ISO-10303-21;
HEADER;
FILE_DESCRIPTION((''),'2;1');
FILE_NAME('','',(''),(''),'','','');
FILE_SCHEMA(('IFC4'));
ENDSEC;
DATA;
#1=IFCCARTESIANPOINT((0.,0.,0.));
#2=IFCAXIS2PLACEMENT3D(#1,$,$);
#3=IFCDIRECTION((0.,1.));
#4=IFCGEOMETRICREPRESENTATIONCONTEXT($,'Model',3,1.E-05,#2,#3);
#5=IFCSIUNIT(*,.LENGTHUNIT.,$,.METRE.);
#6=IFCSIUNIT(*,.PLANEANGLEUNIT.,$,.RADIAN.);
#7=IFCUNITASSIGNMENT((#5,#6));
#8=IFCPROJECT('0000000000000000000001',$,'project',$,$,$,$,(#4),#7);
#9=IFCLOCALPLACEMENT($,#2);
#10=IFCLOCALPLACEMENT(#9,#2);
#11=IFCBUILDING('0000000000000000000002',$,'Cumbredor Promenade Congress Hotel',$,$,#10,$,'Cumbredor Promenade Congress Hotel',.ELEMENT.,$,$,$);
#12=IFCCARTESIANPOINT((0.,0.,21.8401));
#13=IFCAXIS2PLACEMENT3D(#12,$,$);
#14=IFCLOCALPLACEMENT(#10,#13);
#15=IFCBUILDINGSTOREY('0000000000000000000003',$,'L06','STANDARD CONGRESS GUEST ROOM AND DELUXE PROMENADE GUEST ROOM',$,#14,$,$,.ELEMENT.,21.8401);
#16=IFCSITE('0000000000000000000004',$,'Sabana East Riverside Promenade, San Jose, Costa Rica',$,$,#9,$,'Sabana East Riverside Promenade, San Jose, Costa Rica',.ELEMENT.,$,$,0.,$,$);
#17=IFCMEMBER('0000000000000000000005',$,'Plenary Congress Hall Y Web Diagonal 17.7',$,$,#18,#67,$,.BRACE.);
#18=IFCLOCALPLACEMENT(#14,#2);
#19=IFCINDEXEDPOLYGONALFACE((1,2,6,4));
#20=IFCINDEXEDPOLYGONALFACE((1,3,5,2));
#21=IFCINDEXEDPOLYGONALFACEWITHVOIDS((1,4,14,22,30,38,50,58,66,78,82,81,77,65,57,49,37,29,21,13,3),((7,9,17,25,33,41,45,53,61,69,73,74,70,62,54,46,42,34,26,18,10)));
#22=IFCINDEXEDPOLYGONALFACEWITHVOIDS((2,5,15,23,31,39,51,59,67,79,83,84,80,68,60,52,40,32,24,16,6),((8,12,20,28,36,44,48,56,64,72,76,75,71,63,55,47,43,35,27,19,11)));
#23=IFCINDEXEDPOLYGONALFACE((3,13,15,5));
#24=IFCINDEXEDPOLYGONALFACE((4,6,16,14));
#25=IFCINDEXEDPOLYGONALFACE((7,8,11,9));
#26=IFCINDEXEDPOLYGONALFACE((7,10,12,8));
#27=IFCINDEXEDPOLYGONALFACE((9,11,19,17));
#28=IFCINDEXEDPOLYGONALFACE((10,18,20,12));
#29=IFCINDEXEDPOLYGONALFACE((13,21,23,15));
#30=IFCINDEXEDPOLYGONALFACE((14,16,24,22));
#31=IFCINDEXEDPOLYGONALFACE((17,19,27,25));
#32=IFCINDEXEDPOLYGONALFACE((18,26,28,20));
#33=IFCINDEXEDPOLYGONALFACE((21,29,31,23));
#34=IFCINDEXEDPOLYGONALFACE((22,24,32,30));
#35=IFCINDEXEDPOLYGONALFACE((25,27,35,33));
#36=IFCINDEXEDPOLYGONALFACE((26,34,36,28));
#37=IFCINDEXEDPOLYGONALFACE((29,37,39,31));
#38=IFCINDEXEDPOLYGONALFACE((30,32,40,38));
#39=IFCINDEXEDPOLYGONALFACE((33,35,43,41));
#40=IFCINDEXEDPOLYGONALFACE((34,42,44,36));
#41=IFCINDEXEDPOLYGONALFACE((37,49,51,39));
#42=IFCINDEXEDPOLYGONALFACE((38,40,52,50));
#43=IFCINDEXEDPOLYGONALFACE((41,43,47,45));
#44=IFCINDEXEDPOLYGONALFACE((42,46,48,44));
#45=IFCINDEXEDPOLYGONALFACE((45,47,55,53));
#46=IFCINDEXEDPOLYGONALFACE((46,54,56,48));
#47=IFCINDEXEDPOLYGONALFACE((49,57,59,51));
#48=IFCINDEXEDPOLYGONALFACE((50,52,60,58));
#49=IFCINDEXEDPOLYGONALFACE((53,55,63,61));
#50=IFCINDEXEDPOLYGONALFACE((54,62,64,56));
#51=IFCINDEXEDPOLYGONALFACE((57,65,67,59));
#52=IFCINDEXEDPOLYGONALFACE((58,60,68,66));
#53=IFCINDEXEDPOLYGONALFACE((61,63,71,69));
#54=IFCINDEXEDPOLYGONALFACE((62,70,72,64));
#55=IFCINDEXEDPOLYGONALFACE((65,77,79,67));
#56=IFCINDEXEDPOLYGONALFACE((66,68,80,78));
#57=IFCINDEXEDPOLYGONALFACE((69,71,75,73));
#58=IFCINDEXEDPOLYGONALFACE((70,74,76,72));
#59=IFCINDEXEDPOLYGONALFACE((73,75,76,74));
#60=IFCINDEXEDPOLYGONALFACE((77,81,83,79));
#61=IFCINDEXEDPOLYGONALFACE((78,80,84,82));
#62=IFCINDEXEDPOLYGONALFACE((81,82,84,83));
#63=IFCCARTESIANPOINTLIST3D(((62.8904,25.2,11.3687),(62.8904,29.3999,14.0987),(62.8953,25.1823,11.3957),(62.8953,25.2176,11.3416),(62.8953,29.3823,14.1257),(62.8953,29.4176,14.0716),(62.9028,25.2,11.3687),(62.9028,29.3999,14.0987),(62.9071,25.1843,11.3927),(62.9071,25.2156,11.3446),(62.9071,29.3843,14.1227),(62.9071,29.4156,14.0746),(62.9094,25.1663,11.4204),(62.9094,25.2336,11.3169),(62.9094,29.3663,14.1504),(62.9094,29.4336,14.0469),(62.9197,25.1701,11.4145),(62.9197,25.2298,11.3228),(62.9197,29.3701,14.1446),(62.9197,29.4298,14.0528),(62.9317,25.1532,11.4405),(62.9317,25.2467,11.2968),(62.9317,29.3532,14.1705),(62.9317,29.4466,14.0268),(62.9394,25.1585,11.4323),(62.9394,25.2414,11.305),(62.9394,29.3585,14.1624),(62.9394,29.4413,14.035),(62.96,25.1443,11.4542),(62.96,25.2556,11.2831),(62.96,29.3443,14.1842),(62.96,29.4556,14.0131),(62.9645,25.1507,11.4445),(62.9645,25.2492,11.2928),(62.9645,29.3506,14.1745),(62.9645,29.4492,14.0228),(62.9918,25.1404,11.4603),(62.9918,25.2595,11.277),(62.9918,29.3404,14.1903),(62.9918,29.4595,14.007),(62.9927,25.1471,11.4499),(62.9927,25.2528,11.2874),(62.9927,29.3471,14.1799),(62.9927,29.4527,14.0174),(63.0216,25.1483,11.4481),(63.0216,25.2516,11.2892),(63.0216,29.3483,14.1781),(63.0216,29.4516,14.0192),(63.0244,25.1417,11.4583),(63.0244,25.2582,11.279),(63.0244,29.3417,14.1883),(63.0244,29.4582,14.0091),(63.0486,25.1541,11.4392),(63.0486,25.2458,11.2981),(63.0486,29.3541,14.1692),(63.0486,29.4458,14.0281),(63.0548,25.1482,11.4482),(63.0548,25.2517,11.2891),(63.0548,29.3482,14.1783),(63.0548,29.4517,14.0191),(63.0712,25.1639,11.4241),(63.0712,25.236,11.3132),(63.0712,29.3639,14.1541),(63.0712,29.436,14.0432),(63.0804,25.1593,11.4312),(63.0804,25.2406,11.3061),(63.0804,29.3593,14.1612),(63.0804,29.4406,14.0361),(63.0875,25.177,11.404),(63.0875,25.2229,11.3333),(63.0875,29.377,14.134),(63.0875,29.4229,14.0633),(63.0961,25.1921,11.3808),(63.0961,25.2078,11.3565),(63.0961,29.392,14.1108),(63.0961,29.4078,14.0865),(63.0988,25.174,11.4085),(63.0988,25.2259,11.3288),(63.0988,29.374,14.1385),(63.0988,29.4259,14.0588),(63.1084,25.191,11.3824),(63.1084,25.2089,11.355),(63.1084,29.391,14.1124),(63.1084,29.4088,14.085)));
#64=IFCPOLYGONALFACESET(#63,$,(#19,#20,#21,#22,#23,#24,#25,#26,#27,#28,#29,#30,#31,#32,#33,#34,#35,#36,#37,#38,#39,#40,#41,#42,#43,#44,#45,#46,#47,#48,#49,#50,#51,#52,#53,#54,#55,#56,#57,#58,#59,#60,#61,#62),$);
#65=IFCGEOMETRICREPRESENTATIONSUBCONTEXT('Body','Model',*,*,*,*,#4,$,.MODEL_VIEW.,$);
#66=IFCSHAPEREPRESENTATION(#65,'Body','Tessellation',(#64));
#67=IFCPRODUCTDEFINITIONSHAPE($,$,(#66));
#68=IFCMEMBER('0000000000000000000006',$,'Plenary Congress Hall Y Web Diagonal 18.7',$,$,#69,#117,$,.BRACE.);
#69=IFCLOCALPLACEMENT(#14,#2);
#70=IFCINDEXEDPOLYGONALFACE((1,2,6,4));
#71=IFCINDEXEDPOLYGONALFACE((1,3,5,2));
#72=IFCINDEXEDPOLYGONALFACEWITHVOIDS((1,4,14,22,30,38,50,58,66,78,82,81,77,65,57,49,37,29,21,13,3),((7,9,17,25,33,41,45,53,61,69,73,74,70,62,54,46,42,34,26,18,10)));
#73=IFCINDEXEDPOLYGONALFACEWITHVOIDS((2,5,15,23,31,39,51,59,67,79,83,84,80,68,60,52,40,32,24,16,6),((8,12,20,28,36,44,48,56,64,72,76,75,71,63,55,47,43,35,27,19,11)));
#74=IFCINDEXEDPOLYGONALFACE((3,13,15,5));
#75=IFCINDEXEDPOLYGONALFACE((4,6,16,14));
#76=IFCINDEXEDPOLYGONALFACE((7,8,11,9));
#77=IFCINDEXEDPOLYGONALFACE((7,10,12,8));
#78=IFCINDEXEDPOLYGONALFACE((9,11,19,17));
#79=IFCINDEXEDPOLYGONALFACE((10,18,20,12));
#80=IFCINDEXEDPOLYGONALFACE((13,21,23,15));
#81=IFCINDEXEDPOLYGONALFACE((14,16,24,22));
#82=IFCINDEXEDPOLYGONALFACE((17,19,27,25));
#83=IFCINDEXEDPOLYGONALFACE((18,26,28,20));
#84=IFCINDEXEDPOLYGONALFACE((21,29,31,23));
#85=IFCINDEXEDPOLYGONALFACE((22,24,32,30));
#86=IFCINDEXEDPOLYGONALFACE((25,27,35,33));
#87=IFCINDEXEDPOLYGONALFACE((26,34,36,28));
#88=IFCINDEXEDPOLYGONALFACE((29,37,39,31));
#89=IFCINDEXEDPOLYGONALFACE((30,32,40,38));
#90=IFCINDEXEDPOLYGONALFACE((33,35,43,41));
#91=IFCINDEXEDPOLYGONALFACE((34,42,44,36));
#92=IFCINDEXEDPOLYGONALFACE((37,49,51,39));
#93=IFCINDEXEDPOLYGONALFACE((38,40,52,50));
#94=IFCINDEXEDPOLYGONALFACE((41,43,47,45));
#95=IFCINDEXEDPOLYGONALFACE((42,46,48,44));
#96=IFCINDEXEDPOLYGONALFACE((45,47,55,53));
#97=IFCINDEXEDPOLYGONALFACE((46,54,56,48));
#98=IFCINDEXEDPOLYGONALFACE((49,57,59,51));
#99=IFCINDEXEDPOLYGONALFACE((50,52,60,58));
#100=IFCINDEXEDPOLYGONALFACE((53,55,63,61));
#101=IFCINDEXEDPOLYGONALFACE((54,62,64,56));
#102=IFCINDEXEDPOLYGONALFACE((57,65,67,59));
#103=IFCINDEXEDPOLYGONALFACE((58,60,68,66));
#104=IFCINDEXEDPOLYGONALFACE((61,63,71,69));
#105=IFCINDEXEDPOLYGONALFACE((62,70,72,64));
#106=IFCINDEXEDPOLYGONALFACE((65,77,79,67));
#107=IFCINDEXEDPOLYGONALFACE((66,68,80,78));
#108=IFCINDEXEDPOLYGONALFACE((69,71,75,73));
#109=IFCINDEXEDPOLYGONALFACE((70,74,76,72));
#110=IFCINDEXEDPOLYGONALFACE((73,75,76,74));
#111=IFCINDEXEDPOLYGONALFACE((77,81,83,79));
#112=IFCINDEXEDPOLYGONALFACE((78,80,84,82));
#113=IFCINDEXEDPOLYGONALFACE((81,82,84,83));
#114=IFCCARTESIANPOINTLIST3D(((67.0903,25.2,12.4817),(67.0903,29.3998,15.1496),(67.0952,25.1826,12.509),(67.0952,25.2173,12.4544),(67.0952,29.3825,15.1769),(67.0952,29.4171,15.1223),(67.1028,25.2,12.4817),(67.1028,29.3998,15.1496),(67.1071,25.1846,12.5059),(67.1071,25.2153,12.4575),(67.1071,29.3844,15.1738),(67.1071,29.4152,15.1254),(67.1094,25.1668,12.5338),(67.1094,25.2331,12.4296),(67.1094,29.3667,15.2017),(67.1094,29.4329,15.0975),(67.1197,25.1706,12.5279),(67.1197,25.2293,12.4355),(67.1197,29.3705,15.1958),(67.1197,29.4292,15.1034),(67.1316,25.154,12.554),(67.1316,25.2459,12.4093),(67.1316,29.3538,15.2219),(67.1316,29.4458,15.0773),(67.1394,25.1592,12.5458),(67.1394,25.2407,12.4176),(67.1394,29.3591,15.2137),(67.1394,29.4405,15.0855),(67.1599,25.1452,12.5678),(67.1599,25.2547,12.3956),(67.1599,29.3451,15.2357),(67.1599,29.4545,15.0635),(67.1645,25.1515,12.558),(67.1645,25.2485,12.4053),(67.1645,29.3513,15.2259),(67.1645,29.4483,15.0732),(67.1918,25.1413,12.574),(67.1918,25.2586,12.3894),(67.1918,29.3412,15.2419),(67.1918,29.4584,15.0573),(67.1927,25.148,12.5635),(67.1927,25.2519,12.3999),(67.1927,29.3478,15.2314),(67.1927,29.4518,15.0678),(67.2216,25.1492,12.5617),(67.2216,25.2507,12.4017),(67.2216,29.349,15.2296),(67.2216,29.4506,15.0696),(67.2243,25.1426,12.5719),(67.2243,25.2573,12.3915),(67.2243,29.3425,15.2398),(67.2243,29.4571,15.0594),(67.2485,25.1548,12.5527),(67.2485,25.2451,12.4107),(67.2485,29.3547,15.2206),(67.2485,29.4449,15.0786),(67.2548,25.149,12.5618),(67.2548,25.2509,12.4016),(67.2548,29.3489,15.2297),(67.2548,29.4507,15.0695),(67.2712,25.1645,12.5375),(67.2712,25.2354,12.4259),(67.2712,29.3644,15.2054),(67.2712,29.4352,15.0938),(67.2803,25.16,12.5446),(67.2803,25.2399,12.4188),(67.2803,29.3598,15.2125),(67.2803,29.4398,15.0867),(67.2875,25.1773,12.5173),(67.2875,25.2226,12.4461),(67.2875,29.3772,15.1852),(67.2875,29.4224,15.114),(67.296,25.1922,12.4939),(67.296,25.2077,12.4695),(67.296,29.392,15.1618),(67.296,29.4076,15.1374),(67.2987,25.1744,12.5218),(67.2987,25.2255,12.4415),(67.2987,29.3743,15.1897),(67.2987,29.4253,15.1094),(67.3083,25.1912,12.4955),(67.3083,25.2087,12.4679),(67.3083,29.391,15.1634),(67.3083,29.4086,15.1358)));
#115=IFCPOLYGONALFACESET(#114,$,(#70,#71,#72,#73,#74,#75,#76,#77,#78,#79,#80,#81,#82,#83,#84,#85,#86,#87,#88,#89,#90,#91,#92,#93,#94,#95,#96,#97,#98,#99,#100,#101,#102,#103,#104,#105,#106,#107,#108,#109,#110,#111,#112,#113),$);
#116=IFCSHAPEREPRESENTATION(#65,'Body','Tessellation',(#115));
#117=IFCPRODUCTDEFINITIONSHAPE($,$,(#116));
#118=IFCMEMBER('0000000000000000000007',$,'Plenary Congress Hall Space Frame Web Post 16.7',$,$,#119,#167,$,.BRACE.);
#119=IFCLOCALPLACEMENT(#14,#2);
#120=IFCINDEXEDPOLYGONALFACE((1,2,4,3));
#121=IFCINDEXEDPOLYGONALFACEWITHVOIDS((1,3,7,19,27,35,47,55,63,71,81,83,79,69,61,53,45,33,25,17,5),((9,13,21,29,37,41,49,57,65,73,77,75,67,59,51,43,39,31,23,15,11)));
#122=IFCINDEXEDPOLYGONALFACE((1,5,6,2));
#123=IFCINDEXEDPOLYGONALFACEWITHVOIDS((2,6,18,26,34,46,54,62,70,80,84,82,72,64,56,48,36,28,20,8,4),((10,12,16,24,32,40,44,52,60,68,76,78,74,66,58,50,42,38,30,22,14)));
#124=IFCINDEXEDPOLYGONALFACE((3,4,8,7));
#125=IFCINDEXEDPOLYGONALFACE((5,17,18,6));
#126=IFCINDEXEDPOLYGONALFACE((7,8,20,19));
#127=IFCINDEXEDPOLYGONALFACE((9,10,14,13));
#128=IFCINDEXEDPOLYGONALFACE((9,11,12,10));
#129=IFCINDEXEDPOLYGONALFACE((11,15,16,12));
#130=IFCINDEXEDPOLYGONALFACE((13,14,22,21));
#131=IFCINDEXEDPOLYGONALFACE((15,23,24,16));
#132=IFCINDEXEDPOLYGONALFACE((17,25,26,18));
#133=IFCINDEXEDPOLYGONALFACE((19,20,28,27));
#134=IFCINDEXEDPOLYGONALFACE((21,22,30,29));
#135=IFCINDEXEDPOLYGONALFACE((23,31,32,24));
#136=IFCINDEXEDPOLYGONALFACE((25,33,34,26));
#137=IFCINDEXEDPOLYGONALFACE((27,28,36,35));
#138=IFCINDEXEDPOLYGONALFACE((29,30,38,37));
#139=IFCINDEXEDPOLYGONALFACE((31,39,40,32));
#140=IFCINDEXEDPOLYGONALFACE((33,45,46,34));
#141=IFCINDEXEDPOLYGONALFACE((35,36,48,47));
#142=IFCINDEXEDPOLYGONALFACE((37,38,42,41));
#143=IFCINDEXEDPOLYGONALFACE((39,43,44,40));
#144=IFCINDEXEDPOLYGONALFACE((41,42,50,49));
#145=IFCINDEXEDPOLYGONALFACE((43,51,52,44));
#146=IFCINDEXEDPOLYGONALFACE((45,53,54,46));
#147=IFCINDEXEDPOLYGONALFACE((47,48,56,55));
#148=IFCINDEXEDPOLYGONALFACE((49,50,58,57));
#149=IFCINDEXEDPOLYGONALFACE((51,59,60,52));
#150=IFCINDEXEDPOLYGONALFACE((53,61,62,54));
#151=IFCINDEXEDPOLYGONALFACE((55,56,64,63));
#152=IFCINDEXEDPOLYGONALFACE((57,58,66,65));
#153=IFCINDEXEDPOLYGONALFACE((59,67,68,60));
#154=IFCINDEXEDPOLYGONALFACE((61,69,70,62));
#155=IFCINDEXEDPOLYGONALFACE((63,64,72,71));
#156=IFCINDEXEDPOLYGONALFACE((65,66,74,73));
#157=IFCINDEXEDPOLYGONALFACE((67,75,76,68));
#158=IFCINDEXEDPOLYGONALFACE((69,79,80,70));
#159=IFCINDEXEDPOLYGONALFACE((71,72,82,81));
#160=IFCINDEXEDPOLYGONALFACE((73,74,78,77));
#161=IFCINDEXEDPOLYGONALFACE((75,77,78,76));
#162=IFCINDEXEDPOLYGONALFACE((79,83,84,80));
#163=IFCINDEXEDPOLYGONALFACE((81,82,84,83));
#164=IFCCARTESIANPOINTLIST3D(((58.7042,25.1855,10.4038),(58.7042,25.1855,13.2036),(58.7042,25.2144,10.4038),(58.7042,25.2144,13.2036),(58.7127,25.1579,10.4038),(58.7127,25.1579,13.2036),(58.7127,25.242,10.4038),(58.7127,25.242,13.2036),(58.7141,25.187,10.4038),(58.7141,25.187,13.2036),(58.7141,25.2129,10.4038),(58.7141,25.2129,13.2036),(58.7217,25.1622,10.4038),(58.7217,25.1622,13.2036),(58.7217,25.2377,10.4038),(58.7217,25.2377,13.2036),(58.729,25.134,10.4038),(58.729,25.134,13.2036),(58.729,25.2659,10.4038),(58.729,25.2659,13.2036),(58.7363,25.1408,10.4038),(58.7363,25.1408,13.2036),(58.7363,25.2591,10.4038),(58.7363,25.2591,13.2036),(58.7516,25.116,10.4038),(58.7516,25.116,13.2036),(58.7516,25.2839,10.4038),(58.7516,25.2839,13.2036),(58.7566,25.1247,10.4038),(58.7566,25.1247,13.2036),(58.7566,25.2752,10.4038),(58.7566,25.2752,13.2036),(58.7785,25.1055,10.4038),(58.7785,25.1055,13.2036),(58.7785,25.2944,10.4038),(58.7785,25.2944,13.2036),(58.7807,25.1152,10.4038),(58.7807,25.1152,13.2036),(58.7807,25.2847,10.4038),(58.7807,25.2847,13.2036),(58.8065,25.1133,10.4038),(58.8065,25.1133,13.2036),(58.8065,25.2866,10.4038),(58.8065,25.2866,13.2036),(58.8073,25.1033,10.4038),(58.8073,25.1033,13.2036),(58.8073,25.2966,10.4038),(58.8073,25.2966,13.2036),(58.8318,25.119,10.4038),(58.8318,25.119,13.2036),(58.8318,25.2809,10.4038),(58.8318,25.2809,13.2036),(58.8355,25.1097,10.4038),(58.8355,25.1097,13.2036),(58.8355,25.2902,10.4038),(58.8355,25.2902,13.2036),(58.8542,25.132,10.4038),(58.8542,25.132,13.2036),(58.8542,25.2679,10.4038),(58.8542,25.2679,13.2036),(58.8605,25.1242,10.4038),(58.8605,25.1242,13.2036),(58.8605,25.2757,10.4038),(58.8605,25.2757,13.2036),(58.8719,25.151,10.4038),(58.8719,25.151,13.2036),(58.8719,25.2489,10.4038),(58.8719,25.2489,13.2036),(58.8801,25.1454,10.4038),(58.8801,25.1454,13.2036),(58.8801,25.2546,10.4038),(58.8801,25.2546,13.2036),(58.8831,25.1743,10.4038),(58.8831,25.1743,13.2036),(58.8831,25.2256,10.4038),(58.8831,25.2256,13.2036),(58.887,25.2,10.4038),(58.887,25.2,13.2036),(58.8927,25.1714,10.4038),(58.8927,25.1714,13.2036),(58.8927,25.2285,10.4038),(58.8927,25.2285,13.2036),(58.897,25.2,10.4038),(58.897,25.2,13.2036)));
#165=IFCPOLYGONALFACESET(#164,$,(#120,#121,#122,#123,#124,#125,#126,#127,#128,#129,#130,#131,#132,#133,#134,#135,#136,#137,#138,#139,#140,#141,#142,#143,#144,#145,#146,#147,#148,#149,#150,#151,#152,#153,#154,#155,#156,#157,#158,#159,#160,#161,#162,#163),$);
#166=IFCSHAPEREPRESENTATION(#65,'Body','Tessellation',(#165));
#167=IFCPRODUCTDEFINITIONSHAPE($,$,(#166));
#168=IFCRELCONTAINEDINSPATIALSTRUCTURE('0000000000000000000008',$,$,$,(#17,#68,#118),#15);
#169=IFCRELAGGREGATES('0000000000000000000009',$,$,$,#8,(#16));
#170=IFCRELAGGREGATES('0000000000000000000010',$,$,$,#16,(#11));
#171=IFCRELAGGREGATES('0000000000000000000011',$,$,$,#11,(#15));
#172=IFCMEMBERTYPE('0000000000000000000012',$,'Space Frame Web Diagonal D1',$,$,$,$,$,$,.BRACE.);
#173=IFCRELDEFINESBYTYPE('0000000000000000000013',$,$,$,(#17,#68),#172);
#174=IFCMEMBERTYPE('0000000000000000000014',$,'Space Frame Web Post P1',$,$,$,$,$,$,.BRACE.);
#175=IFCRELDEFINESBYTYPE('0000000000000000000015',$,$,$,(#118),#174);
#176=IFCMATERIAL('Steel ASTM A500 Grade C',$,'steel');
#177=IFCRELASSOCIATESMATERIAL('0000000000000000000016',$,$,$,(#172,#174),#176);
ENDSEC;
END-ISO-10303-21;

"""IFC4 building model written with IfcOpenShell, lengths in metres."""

from ifc_helpers import new_model, si_unit, direction, frame, origin, origin_2d, place, context, subcontext, project, spatial, hollow_circle, extrude, material, material_profile, profile_set, type_object, element, save


model = new_model("IFC4")

# Units and contexts
model_context = context("Model", 3, precision=1e-05, world=origin(), true_north=direction((0.0, 1.0)))
body_context = subcontext(model_context, "Body", "Model", "MODEL_VIEW")
ifc_project = project(units=[si_unit("LENGTHUNIT", "METRE"), si_unit("PLANEANGLEUNIT", "RADIAN")], contexts=[model_context])

# Site, building, storey
site_placement = place(None, origin())
site = spatial("IfcSite", under=ifc_project, at=site_placement, Name="Sabana East Riverside Promenade, San Jose, Costa Rica", LongName="Sabana East Riverside Promenade, San Jose, Costa Rica", CompositionType="ELEMENT", RefElevation=0.0)
building_placement = place(site_placement, origin())
building = spatial("IfcBuilding", under=site, at=building_placement, Name="Cumbredor Promenade Congress Hotel", LongName="Cumbredor Promenade Congress Hotel", CompositionType="ELEMENT")
storey_placement = place(building_placement, frame((0.0, 0.0, 21.8401)))
storey = spatial("IfcBuildingStorey", under=building, at=storey_placement, Name="L06", Description="STANDARD CONGRESS GUEST ROOM AND DELUXE PROMENADE GUEST ROOM", CompositionType="ELEMENT", Elevation=21.8401)

# Members
ifc_material_1 = material(Name="Steel ASTM A500 Grade C", Category="steel")
ifc_material_profile_1 = material_profile(ifc_material_1, hollow_circle(Radius=0.1096, WallThickness=0.0125, at=origin_2d()), Name="CHS 219.1x12.5")
ifc_profile_set_1 = profile_set([ifc_material_profile_1], Name="Steel ASTM A500 Grade C")
member_type_1 = type_object("IfcMemberType", Name="Space Frame Web Diagonal D1", PredefinedType="BRACE", material=ifc_profile_set_1)
member_1_placement = place(storey_placement, frame((63.0, 25.2, 11.3687), z_axis=(0.0, 0.838443, 0.54499), x_axis=(-1.0, 0.0, 0.0)))
element("IfcMember", 1, at=member_1_placement, inside=storey, type_object=member_type_1, Name="Plenary Congress Hall Y Web Diagonal 17.7", PredefinedType="BRACE", context=body_context, shape_type="SweptSolid", body=[
    extrude(hollow_circle(Radius=0.1096, WallThickness=0.0125, at=origin_2d()), origin(), (0.0, 0.0, 1.0), 5.0093),
])
member_2_placement = place(storey_placement, frame((67.2, 25.2, 12.4817), z_axis=(0.0, 0.844092, 0.536199), x_axis=(-1.0, 0.0, 0.0)))
element("IfcMember", 2, at=member_2_placement, inside=storey, type_object=member_type_1, Name="Plenary Congress Hall Y Web Diagonal 18.7", PredefinedType="BRACE", context=body_context, shape_type="SweptSolid", body=[
    extrude(hollow_circle(Radius=0.1096, WallThickness=0.0125, at=origin_2d()), origin(), (0.0, 0.0, 1.0), 4.9756),
])
ifc_material_profile_2 = material_profile(ifc_material_1, hollow_circle(Radius=0.0969, WallThickness=0.01, at=origin_2d()), Name="CHS 193.7x10")
ifc_profile_set_2 = profile_set([ifc_material_profile_2], Name="Steel ASTM A500 Grade C")
member_type_2 = type_object("IfcMemberType", Name="Space Frame Web Post P1", PredefinedType="BRACE", material=ifc_profile_set_2)
for number, where, z_axis, x_axis, name in (
    (3, (58.8, 25.2, 10.4038), (0.0, 0.0, 1.0), (1.0, 0.0, 0.0), "Plenary Congress Hall Space Frame Web Post 16.7"),
):
    element("IfcMember", number, at=place(storey_placement, frame(where, z_axis=z_axis, x_axis=x_axis)), inside=storey, type_object=member_type_2, Name=name, PredefinedType="BRACE", context=body_context, shape_type="SweptSolid", body=[
        extrude(hollow_circle(Radius=0.0969, WallThickness=0.01, at=origin_2d()), origin(), (0.0, 0.0, 1.0), 2.7998),
    ])

save(model, "model.ifc")
